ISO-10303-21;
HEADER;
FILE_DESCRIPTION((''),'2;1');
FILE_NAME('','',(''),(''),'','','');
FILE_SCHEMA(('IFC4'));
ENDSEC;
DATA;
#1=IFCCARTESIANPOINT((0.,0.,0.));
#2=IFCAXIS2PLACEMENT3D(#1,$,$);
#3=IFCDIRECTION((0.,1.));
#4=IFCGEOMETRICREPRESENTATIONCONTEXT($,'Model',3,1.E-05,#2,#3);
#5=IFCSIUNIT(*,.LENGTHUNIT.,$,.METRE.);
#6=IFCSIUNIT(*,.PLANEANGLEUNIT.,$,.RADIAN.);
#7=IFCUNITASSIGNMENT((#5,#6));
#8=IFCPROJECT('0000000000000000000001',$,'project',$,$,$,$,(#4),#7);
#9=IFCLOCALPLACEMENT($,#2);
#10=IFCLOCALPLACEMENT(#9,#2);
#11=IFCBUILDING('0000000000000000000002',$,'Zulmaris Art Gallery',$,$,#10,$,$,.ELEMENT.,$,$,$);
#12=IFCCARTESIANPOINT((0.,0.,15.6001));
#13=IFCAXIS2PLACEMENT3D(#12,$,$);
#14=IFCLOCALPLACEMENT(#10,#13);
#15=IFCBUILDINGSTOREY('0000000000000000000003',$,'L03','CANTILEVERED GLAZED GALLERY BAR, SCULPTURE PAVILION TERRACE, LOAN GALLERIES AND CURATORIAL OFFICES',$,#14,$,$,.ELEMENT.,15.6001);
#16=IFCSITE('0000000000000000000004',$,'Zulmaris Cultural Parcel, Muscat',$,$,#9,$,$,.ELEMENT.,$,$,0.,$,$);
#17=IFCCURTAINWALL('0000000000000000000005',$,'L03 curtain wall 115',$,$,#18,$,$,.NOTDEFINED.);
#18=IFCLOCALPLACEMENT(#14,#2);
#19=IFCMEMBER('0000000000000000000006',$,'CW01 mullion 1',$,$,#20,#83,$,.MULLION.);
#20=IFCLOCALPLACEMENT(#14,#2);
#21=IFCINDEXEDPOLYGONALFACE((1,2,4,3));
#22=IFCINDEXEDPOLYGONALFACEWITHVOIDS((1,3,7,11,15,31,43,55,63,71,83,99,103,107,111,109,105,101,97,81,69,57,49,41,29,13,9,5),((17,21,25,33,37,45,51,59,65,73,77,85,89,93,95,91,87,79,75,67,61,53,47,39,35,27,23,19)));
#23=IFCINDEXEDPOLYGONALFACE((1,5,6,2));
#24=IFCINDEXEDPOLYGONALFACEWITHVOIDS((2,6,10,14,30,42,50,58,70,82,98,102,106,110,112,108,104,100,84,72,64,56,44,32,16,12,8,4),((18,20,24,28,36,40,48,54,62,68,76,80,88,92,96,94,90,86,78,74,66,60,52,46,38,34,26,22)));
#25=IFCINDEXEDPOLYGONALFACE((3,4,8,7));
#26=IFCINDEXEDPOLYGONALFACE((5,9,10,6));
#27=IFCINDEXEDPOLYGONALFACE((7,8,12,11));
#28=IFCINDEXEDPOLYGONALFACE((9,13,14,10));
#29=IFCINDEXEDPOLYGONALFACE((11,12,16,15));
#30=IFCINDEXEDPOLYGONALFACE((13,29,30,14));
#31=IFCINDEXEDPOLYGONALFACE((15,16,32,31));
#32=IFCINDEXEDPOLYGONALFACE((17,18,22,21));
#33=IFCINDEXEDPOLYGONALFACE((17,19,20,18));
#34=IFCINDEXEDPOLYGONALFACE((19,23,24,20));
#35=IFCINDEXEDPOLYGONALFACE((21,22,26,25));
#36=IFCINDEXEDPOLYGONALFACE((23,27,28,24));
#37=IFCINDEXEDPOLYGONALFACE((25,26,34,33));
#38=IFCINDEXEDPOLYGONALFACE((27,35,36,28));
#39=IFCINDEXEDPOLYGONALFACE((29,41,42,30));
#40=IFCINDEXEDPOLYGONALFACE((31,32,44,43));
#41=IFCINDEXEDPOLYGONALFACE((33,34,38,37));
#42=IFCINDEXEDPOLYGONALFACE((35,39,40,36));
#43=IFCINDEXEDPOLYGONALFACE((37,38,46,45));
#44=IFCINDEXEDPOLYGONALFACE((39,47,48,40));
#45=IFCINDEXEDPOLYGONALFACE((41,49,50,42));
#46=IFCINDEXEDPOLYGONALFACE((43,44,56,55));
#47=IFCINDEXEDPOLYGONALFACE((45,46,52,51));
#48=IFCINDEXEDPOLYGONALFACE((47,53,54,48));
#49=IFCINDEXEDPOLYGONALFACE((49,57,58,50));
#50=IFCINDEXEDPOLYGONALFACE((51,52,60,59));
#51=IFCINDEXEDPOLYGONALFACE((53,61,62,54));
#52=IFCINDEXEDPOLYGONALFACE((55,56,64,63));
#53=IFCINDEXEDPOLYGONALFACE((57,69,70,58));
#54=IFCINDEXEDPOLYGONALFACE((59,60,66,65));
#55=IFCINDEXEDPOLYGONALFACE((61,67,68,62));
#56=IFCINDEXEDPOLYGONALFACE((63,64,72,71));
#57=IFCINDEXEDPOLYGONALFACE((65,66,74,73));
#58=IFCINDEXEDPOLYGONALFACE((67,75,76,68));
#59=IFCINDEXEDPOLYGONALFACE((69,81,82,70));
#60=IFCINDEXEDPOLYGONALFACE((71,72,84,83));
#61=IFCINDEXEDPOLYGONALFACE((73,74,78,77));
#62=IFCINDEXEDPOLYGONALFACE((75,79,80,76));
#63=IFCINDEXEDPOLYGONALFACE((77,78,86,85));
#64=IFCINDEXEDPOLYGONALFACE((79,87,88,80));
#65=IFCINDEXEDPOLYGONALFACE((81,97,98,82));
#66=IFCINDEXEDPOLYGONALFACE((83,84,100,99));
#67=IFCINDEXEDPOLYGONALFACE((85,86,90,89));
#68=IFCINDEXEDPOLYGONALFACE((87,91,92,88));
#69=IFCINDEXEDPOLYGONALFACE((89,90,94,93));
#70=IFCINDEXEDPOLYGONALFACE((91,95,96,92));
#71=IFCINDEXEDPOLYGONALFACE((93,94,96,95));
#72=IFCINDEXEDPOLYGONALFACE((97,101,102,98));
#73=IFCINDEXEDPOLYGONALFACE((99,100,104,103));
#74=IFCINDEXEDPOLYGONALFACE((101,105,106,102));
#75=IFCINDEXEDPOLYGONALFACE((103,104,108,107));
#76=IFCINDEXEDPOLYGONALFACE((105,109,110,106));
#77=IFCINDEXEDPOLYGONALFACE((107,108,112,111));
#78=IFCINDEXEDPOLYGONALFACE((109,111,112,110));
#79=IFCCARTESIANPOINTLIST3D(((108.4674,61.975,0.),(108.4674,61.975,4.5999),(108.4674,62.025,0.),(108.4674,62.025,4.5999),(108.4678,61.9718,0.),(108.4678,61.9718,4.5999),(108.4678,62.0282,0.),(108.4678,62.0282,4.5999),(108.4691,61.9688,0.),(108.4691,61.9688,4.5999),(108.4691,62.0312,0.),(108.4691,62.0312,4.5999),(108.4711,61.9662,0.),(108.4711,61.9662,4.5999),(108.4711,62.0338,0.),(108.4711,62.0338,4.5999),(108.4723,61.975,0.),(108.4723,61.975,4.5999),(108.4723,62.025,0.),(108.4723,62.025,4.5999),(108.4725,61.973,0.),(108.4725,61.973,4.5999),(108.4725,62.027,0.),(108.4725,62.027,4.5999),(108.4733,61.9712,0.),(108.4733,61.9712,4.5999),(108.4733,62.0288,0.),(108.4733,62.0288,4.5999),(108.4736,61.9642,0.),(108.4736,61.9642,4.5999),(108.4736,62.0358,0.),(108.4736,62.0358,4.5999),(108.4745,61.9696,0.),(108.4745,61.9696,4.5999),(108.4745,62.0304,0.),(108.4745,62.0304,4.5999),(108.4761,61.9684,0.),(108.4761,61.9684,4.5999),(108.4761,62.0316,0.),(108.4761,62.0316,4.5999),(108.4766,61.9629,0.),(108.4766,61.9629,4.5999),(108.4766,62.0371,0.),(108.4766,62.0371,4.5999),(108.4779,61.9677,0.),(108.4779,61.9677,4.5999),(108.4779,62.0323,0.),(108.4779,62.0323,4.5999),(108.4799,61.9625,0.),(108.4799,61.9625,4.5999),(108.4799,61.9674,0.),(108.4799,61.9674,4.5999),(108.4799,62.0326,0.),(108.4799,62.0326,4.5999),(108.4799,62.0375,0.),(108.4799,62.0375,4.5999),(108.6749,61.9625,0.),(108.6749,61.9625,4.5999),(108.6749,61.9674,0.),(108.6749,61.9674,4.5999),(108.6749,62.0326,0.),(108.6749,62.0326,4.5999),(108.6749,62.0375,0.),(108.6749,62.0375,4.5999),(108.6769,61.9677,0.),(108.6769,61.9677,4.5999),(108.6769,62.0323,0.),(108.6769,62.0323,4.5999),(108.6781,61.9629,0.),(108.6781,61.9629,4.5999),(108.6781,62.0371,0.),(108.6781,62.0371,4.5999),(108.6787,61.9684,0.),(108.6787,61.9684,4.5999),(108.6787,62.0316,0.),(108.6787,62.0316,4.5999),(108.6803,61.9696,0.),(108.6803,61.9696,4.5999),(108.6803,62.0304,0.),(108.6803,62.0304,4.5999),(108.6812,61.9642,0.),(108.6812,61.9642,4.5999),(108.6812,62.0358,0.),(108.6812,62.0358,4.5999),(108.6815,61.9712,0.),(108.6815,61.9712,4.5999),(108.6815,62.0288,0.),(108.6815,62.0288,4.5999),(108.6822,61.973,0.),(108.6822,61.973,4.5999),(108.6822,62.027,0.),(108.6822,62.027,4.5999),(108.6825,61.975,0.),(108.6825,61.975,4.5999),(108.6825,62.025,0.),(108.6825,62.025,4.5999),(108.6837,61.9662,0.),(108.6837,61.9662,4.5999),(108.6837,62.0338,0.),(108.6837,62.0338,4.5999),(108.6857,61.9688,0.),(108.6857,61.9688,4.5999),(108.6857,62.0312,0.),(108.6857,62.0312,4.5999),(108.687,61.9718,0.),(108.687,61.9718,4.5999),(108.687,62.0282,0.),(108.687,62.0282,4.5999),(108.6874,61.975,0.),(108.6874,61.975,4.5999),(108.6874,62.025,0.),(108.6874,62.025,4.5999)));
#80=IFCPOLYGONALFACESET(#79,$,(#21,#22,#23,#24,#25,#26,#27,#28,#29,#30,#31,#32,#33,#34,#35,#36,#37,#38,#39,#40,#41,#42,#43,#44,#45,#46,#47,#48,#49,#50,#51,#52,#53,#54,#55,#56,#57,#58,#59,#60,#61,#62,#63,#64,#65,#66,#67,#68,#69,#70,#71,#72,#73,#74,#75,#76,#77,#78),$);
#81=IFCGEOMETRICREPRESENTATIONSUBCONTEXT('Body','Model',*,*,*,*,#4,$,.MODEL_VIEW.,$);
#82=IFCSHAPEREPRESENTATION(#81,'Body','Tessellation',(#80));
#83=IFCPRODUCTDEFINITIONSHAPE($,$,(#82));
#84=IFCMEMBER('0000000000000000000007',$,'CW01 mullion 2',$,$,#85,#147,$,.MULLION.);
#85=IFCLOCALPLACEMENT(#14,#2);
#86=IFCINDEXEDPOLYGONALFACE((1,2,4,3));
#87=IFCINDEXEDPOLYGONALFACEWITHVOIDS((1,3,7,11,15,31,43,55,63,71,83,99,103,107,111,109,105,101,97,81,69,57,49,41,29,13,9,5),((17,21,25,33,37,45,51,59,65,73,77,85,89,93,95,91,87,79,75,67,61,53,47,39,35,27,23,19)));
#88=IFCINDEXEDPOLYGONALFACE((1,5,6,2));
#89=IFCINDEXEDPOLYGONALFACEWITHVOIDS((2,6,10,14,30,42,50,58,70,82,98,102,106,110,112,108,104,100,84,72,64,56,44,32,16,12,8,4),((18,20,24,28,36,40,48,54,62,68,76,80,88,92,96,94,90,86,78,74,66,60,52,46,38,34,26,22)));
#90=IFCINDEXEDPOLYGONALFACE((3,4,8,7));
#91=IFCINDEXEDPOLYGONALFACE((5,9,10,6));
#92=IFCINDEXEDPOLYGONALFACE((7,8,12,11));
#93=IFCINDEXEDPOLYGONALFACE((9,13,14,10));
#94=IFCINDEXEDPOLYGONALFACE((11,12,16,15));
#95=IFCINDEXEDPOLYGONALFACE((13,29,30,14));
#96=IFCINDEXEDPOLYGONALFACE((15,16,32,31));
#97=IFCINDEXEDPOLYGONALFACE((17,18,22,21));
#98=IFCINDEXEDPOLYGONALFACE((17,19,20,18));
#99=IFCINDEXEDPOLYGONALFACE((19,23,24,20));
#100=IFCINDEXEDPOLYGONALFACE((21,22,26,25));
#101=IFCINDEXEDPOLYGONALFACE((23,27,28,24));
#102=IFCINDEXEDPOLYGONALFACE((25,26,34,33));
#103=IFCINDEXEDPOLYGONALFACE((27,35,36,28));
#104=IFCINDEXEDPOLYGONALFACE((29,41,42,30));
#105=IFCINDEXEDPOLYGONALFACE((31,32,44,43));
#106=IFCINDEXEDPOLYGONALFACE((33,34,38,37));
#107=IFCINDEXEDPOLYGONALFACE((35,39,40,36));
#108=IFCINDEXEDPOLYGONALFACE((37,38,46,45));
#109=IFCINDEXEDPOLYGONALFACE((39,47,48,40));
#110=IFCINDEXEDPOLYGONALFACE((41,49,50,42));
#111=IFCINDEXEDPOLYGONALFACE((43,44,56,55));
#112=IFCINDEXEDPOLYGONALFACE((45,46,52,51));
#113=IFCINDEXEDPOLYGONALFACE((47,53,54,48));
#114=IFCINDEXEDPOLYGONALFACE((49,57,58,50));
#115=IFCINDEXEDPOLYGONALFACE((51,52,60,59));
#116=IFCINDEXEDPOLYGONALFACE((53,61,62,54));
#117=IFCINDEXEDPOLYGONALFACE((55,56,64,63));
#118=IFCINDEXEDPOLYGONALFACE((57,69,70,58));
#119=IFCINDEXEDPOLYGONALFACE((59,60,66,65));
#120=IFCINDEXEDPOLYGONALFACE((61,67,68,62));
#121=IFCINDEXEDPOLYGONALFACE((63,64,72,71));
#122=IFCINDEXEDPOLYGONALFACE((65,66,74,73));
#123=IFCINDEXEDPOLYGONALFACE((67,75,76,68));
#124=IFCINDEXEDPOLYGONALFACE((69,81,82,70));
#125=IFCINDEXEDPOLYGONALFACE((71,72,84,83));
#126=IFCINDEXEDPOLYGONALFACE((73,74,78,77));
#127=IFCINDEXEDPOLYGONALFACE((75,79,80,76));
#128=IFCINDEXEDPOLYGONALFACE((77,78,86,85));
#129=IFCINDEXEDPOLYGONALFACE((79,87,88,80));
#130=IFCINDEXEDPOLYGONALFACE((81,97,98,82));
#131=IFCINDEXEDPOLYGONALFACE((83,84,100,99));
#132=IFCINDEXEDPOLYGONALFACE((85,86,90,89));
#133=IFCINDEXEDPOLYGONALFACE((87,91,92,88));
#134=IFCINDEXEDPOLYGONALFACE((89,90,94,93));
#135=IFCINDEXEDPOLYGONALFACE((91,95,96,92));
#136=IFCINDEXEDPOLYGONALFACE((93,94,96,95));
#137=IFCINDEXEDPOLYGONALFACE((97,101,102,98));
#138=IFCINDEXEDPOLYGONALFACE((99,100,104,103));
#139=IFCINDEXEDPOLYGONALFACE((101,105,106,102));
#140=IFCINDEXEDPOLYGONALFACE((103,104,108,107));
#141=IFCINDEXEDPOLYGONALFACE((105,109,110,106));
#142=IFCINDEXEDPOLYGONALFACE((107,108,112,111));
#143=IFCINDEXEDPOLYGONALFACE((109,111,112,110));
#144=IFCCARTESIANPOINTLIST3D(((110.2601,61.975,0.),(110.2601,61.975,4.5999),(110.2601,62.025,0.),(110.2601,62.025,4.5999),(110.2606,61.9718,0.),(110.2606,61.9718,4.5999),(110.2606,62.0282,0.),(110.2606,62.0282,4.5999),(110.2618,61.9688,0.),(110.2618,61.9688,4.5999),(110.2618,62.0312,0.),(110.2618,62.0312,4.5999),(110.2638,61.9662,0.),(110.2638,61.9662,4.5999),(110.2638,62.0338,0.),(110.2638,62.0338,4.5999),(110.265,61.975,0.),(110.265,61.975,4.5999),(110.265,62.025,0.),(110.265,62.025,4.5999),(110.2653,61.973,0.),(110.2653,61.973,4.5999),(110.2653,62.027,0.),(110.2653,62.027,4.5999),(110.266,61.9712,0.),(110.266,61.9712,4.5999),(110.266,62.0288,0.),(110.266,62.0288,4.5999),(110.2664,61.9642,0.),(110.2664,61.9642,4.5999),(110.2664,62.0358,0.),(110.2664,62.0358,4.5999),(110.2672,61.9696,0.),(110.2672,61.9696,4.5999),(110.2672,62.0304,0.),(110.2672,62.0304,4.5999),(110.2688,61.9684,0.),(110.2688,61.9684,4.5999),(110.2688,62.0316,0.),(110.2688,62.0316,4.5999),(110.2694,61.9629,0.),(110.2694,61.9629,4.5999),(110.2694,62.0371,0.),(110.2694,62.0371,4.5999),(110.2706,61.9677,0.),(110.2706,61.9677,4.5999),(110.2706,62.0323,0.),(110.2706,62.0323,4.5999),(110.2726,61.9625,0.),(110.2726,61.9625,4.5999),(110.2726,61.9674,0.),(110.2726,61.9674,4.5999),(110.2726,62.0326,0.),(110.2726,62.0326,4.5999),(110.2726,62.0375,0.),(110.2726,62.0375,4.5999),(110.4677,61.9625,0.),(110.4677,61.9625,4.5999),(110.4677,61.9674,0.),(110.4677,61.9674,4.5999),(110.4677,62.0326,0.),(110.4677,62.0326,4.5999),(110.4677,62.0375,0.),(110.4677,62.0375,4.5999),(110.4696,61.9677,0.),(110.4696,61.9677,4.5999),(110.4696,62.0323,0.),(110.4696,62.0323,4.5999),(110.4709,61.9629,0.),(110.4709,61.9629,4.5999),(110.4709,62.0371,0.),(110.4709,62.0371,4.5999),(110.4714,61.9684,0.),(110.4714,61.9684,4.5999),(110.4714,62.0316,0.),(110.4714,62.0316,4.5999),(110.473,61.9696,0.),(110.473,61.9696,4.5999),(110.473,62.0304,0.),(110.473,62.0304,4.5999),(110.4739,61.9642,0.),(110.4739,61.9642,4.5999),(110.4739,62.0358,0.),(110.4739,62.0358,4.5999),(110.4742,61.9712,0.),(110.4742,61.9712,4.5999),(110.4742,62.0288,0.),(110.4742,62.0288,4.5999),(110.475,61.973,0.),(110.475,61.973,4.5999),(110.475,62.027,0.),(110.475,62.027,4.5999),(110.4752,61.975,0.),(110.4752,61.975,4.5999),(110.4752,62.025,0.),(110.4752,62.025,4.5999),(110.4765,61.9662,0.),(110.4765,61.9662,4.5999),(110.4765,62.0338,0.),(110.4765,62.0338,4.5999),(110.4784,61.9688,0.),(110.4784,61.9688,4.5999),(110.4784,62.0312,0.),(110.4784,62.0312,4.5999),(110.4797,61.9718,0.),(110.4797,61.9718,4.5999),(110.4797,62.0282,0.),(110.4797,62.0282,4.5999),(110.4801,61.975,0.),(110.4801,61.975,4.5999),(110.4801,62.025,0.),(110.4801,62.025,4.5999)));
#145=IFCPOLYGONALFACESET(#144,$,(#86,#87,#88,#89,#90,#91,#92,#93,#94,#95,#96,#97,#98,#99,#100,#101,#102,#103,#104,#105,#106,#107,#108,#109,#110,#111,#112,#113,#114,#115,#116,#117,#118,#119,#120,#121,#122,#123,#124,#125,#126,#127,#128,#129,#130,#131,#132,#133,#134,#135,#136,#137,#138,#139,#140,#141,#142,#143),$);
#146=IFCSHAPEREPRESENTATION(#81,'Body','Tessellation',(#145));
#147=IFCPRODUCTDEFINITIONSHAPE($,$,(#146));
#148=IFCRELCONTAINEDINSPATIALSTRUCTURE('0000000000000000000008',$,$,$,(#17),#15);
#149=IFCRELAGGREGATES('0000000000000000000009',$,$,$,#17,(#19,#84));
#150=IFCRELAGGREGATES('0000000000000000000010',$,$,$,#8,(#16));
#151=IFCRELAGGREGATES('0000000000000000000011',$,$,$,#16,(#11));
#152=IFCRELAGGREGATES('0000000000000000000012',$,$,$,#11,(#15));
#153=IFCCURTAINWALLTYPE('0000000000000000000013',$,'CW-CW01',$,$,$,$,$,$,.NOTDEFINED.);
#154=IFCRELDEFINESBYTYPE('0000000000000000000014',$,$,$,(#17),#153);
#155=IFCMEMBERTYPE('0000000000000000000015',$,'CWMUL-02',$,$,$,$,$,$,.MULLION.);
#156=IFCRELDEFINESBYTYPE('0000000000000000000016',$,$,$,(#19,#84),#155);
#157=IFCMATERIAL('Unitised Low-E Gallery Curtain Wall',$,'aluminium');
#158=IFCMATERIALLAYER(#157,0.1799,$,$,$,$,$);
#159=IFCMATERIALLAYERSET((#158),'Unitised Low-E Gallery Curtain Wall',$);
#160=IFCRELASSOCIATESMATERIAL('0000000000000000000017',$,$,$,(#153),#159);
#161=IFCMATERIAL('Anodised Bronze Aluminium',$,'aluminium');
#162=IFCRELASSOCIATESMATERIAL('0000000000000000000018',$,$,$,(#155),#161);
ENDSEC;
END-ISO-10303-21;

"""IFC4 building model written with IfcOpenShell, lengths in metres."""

from ifc_helpers import new_model, si_unit, direction, frame, origin, origin_2d, place, context, subcontext, project, spatial, hollow_rectangle, extrude, material, layer, layer_set, material_profile, profile_set, type_object, element, aggregate, save


model = new_model("IFC4")

# Units and contexts
model_context = context("Model", 3, precision=1e-05, world=origin(), true_north=direction((0.0, 1.0)))
body_context = subcontext(model_context, "Body", "Model", "MODEL_VIEW")
ifc_project = project(units=[si_unit("LENGTHUNIT", "METRE"), si_unit("PLANEANGLEUNIT", "RADIAN")], contexts=[model_context])

# Site, building, storey
site_placement = place(None, origin())
site = spatial("IfcSite", under=ifc_project, at=site_placement, Name="Zulmaris Cultural Parcel, Muscat", CompositionType="ELEMENT", RefElevation=0.0)
building_placement = place(site_placement, origin())
building = spatial("IfcBuilding", under=site, at=building_placement, Name="Zulmaris Art Gallery", CompositionType="ELEMENT")
storey_placement = place(building_placement, frame((0.0, 0.0, 15.6001)))
storey = spatial("IfcBuildingStorey", under=building, at=storey_placement, Name="L03", Description="CANTILEVERED GLAZED GALLERY BAR, SCULPTURE PAVILION TERRACE, LOAN GALLERIES AND CURATORIAL OFFICES", CompositionType="ELEMENT", Elevation=15.6001)

# Curtain wall, members
ifc_material_1 = material(Name="Unitised Low-E Gallery Curtain Wall", Category="aluminium")
ifc_layer_1 = layer(ifc_material_1, 0.1799)
ifc_layer_set_1 = layer_set([ifc_layer_1], Name="Unitised Low-E Gallery Curtain Wall")
curtain_wall_type = type_object("IfcCurtainWallType", Name="CW-CW01", PredefinedType="NOTDEFINED", material=ifc_layer_set_1)
curtain_wall_placement = place(storey_placement, origin())
curtain_wall = element("IfcCurtainWall", 1, at=curtain_wall_placement, inside=storey, type_object=curtain_wall_type, Name="L03 curtain wall 115", PredefinedType="NOTDEFINED")
ifc_material_2 = material(Name="Anodised Bronze Aluminium", Category="aluminium")
ifc_material_profile_1 = material_profile(ifc_material_2, hollow_rectangle(XDim=0.075, YDim=0.22, WallThickness=0.0049, InnerFilletRadius=0.0076, OuterFilletRadius=0.0125, at=origin_2d()), Name="ALU 75x220x5")
ifc_profile_set_1 = profile_set([ifc_material_profile_1], Name="Anodised Bronze Aluminium")
member_type_1 = type_object("IfcMemberType", Name="CWMUL-02", PredefinedType="MULLION", material=ifc_profile_set_1)
member_1_placement = place(storey_placement, frame((108.5774, 62.0, 0.0), z_axis=(0.0, 0.0, 1.0), x_axis=(0.0, 1.0, 0.0)))
member_1 = element("IfcMember", 2, at=member_1_placement, type_object=member_type_1, Name="CW01 mullion 1", PredefinedType="MULLION", context=body_context, shape_type="SweptSolid", body=[
    extrude(hollow_rectangle(XDim=0.075, YDim=0.22, WallThickness=0.0049, InnerFilletRadius=0.0076, OuterFilletRadius=0.0125, at=origin_2d()), origin(), (0.0, 0.0, 1.0), 4.5999),
])
member_2_placement = place(storey_placement, frame((110.3701, 62.0, 0.0), z_axis=(0.0, 0.0, 1.0), x_axis=(0.0, 1.0, 0.0)))
member_2 = element("IfcMember", 3, at=member_2_placement, type_object=member_type_1, Name="CW01 mullion 2", PredefinedType="MULLION", context=body_context, shape_type="SweptSolid", body=[
    extrude(hollow_rectangle(XDim=0.075, YDim=0.22, WallThickness=0.0049, InnerFilletRadius=0.0076, OuterFilletRadius=0.0125, at=origin_2d()), origin(), (0.0, 0.0, 1.0), 4.5999),
])
aggregate(curtain_wall, [member_1, member_2])

save(model, "model.ifc")
